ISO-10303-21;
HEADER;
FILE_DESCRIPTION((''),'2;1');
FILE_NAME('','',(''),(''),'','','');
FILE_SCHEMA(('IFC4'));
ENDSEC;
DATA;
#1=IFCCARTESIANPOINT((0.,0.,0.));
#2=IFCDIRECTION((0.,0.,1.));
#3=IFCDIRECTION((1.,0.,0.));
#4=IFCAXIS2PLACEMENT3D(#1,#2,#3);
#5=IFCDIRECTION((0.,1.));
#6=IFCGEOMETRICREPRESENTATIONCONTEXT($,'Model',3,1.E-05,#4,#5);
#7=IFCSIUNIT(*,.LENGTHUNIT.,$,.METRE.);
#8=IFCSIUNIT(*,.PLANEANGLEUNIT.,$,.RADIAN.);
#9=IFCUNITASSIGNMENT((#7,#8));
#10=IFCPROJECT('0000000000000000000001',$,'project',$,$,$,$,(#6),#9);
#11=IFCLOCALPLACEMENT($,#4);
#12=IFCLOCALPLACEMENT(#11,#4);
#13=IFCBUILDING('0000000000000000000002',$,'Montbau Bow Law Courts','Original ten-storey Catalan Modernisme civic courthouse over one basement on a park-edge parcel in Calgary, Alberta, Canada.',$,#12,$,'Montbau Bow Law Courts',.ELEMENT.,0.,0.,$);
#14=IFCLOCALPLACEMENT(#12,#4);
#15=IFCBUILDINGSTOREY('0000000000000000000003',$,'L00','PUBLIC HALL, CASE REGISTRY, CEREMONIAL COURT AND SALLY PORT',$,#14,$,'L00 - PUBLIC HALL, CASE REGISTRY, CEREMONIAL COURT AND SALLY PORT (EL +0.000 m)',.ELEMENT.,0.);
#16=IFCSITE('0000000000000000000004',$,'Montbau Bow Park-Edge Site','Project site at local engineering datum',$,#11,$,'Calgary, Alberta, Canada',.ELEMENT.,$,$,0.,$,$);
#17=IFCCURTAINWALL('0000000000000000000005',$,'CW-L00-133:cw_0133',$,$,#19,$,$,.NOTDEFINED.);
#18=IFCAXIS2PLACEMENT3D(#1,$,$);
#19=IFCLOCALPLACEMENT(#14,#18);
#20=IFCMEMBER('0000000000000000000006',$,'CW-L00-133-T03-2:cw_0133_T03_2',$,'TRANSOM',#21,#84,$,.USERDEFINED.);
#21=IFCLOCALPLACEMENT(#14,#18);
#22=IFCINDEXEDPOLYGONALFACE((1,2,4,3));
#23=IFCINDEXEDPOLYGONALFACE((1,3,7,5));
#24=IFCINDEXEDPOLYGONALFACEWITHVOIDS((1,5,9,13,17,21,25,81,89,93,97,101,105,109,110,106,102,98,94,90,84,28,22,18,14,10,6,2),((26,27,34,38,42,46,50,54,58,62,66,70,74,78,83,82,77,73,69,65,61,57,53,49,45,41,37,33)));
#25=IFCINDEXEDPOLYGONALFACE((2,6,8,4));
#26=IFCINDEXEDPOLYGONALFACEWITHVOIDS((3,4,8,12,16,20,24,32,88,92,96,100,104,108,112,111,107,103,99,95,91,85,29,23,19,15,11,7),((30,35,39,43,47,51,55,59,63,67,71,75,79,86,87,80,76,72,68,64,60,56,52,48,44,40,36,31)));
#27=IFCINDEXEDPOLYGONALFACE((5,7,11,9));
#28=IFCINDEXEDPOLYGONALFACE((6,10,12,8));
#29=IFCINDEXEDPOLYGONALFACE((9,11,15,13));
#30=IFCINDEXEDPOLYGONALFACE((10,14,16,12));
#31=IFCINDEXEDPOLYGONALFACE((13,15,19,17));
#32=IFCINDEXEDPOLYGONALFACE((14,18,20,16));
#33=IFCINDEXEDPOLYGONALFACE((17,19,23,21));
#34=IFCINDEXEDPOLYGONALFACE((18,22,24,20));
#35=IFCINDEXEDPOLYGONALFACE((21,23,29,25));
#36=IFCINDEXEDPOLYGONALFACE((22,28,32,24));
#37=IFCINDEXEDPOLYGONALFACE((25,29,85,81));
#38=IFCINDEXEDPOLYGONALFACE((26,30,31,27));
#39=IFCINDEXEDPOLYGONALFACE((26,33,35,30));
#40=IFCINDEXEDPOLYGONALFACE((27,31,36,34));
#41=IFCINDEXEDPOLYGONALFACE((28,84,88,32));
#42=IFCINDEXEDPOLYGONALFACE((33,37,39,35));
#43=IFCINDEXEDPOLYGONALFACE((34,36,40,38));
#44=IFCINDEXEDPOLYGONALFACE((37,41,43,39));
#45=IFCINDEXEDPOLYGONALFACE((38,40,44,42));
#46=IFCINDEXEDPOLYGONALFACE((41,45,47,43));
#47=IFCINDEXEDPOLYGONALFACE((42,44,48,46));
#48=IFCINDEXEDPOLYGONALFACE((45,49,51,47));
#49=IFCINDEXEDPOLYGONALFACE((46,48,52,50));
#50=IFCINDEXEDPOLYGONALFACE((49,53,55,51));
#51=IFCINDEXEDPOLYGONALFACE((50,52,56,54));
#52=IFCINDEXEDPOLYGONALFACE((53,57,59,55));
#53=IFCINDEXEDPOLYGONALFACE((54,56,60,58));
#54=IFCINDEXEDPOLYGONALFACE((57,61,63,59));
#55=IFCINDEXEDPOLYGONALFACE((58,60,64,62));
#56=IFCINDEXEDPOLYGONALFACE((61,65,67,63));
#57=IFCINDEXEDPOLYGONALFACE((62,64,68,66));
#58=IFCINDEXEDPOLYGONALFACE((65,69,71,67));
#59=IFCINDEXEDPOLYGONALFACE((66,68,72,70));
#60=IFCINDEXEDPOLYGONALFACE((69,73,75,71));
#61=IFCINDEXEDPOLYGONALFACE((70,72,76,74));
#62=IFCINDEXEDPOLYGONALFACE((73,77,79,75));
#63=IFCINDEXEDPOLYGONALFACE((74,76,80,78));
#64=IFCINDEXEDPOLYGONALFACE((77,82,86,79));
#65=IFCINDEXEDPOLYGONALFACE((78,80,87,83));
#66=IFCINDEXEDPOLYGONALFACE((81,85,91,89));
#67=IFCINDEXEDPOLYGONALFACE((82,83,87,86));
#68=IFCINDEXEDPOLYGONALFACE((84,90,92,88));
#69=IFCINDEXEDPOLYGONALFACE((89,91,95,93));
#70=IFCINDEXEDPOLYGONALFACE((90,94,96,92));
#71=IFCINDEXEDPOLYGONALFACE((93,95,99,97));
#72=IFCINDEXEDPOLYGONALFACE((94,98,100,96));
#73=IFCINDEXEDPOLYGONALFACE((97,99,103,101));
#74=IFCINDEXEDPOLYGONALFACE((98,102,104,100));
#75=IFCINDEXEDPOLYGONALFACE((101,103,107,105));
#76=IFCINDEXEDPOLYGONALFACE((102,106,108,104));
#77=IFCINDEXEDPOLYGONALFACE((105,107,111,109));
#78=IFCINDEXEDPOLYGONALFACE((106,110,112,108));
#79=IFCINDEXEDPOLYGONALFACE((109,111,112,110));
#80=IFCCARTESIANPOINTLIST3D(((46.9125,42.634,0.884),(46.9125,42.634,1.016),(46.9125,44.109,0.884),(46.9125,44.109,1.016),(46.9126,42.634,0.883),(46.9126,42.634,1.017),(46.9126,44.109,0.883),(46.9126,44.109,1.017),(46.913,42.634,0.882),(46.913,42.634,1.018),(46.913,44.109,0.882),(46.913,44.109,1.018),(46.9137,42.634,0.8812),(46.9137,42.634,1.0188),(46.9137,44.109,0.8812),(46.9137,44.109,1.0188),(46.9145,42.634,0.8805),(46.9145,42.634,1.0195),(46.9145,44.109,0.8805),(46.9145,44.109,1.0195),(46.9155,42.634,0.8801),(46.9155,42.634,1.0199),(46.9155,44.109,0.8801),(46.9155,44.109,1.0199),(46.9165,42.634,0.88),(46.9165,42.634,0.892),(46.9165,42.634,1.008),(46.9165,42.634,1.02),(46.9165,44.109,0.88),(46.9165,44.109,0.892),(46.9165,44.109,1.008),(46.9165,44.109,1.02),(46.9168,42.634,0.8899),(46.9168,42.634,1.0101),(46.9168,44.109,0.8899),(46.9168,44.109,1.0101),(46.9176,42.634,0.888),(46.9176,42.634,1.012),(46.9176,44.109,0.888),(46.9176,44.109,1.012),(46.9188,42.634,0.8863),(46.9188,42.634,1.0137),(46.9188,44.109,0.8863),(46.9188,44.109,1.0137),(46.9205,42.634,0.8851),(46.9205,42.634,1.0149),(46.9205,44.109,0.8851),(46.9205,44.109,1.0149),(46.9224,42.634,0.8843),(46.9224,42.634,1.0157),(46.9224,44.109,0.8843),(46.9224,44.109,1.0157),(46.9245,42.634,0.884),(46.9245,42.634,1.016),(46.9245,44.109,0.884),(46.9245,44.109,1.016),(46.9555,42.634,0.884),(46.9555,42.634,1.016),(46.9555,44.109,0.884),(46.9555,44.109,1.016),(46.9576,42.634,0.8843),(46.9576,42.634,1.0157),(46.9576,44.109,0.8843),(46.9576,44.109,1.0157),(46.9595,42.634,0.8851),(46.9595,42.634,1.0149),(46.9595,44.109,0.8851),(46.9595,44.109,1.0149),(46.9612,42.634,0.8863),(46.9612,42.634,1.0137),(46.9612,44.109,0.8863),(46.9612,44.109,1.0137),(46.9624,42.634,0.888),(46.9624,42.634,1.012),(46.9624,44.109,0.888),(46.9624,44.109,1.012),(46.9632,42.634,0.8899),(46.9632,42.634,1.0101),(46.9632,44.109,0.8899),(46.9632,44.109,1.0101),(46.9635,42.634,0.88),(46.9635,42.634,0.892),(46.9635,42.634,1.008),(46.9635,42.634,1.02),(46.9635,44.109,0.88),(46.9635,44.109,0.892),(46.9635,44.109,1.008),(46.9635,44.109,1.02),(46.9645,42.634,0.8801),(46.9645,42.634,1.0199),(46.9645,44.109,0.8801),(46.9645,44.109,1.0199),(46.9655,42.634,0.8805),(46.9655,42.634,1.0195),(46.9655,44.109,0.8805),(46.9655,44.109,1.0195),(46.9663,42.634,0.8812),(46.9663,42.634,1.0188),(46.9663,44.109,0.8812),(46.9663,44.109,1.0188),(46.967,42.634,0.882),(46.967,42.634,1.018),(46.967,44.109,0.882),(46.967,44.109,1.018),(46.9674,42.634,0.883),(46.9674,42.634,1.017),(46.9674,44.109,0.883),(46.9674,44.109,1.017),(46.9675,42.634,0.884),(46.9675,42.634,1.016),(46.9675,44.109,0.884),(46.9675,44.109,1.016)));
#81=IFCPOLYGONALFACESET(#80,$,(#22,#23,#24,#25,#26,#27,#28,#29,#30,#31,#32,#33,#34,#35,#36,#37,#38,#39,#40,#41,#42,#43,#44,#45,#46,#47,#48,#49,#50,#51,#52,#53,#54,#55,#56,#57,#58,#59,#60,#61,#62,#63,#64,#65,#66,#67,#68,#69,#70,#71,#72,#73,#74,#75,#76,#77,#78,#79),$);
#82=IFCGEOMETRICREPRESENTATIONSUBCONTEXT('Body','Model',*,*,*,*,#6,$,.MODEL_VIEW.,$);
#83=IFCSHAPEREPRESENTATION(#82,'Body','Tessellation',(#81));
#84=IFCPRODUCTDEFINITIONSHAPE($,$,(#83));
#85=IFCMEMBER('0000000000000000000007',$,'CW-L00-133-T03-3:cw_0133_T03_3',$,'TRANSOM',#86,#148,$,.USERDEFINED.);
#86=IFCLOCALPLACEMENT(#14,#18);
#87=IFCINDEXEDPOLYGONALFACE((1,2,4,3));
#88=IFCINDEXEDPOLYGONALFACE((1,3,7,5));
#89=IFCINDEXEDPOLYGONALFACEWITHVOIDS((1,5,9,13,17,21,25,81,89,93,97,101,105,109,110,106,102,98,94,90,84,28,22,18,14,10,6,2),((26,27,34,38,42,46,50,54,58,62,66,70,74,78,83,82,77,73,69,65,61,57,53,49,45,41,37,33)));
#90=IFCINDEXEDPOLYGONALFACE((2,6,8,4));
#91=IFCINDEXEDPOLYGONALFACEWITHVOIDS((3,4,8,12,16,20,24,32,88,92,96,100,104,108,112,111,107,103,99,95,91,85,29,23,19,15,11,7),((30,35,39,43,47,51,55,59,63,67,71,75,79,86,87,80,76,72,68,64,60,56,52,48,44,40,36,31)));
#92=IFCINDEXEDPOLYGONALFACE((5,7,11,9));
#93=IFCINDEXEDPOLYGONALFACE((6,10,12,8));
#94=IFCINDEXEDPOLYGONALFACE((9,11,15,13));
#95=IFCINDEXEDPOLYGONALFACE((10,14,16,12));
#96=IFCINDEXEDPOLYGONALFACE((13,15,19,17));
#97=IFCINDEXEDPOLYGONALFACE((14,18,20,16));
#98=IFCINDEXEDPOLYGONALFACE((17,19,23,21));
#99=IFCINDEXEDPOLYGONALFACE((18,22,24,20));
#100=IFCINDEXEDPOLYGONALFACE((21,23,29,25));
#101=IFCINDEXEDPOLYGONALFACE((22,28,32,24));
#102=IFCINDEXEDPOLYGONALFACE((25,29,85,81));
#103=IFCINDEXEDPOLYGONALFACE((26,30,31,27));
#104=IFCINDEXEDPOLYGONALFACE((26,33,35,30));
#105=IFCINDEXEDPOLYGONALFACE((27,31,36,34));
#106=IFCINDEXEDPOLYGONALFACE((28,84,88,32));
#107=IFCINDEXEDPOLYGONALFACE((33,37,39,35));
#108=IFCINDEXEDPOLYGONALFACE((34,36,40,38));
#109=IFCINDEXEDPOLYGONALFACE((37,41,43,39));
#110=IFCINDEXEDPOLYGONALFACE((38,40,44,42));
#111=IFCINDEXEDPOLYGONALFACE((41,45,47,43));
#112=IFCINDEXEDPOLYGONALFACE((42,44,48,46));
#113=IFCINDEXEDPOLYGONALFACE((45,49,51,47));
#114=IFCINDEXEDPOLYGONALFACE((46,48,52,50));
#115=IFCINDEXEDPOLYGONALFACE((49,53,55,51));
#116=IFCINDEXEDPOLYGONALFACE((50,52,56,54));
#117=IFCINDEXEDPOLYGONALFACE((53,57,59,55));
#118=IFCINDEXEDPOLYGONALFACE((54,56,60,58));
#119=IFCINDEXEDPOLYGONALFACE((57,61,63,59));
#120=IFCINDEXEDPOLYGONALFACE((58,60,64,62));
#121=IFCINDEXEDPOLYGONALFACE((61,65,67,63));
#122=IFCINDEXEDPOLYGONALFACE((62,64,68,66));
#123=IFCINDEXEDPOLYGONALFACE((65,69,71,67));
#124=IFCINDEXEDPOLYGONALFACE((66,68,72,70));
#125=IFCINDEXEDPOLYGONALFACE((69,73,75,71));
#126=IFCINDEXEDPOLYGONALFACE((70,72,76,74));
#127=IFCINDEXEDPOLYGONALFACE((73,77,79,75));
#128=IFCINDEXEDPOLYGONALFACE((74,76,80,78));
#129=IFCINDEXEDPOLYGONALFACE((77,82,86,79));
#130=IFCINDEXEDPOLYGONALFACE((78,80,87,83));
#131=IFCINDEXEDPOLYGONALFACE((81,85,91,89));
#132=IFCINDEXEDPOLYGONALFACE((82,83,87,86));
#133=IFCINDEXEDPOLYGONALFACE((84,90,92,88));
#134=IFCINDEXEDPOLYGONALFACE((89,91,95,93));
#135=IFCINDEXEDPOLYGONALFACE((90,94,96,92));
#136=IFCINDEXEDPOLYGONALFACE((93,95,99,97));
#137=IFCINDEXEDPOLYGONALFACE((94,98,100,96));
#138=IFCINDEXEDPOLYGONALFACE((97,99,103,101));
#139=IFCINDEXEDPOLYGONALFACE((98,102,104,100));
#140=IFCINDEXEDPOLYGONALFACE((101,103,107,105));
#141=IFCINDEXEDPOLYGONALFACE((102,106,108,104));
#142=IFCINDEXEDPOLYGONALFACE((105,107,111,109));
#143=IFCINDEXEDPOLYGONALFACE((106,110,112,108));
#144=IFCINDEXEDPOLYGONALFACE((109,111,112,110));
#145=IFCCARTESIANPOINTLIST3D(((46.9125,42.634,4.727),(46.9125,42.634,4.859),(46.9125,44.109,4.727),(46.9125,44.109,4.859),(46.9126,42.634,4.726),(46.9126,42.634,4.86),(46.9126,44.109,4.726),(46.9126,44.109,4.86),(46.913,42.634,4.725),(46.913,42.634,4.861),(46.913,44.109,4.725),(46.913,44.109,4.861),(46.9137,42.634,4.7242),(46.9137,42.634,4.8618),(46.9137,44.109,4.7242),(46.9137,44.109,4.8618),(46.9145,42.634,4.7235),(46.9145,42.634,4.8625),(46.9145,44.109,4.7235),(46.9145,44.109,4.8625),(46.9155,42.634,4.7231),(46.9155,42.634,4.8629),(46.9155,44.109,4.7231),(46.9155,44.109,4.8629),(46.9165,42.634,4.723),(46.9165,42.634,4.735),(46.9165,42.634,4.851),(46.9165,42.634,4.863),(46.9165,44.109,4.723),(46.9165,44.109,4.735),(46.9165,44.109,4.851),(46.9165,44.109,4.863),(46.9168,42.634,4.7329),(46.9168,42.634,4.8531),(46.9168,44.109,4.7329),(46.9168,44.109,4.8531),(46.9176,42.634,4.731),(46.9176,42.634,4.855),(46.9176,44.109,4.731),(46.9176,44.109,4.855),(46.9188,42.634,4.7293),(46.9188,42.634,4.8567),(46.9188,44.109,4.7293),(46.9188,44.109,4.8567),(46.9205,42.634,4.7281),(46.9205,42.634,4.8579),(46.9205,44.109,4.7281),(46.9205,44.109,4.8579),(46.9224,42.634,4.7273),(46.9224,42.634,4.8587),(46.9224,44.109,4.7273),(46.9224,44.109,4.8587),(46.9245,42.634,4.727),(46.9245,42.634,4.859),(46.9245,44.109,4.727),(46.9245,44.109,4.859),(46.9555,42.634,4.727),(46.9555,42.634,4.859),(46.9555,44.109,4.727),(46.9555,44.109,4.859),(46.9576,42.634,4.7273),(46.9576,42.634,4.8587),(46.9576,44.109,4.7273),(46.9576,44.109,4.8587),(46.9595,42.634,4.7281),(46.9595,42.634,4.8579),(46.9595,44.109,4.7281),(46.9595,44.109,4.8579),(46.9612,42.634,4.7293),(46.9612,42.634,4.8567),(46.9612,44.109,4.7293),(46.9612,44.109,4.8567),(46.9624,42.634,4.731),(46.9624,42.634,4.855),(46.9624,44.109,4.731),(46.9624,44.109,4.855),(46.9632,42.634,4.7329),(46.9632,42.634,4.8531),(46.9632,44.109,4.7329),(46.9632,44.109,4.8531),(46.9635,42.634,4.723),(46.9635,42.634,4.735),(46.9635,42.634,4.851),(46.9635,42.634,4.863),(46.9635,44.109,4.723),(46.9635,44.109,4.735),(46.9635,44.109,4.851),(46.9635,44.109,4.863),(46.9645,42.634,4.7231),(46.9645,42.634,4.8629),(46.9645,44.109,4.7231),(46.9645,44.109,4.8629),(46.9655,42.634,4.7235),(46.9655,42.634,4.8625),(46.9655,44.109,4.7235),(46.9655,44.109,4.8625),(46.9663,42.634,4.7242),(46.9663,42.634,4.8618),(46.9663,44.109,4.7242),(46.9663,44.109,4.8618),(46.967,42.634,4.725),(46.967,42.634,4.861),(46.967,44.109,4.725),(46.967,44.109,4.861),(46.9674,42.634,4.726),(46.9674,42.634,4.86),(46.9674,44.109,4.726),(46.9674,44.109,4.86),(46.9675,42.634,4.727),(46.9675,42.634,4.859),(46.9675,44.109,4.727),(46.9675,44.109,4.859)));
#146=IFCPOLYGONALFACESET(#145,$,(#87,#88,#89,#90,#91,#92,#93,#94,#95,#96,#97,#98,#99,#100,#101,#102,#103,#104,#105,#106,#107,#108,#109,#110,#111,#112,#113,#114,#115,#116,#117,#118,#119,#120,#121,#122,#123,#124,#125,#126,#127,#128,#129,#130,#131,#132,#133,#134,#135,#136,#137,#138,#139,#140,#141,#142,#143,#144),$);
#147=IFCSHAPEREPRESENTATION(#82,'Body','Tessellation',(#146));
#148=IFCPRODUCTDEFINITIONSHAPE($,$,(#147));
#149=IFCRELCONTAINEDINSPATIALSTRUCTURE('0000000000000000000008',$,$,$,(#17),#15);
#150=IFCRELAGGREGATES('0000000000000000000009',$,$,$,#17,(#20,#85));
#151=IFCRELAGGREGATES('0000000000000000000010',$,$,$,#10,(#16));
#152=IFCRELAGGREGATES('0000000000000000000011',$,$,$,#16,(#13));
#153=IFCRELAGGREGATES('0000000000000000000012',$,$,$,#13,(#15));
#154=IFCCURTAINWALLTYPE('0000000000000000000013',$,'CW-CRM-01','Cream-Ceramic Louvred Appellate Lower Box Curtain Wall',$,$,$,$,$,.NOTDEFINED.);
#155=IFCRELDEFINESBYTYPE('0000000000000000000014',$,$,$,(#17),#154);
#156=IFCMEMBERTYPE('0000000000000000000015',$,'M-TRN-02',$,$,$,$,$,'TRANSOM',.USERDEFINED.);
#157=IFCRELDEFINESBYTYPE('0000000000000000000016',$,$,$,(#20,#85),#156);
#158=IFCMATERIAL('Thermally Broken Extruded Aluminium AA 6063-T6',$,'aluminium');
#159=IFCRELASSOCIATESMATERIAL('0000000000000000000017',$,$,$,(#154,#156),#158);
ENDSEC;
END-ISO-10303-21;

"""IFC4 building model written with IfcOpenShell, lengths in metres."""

from ifc_helpers import new_model, si_unit, direction, frame, origin_with_axes, origin_2d_with_axis, place, context, subcontext, project, spatial, hollow_rectangle, extrude, material, material_profile, profile_set, type_object, element, aggregate, save


model = new_model("IFC4")

# Units and contexts
model_context = context("Model", 3, precision=1e-05, world=origin_with_axes(), true_north=direction((0.0, 1.0)))
body_context = subcontext(model_context, "Body", "Model", "MODEL_VIEW")
ifc_project = project(units=[si_unit("LENGTHUNIT", "METRE"), si_unit("PLANEANGLEUNIT", "RADIAN")], contexts=[model_context])

# Site, building, storey
site_placement = place(None, origin_with_axes())
site = spatial("IfcSite", under=ifc_project, at=site_placement, Name="Montbau Bow Park-Edge Site", Description="Project site at local engineering datum", LongName="Calgary, Alberta, Canada", CompositionType="ELEMENT", RefElevation=0.0)
building_placement = place(site_placement, origin_with_axes())
building = spatial("IfcBuilding", under=site, at=building_placement, Name="Montbau Bow Law Courts", Description="Original ten-storey Catalan Modernisme civic courthouse over one basement on a park-edge parcel in Calgary, Alberta, Canada.", LongName="Montbau Bow Law Courts", CompositionType="ELEMENT", ElevationOfRefHeight=0.0, ElevationOfTerrain=0.0)
storey_placement = place(building_placement, origin_with_axes())
storey = spatial("IfcBuildingStorey", under=building, at=storey_placement, Name="L00", Description="PUBLIC HALL, CASE REGISTRY, CEREMONIAL COURT AND SALLY PORT", LongName="L00 - PUBLIC HALL, CASE REGISTRY, CEREMONIAL COURT AND SALLY PORT (EL +0.000 m)", CompositionType="ELEMENT", Elevation=0.0)

# Curtain wall, members
ifc_material_1 = material(Name="Thermally Broken Extruded Aluminium AA 6063-T6", Category="aluminium")
curtain_wall_type_1 = type_object("IfcCurtainWallType", Name="CW-CRM-01", Description="Cream-Ceramic Louvred Appellate Lower Box Curtain Wall", PredefinedType="NOTDEFINED", material=ifc_material_1)
curtain_wall_1_placement = place(None, frame((46.94, 39.515, 0.0), z_axis=(0.0, 0.0, 1.0), x_axis=(1.0, 0.0, 0.0)))
curtain_wall_1 = element("IfcCurtainWall", 1, at=curtain_wall_1_placement, inside=storey, type_object=curtain_wall_type_1, Name="CW-L00-133:cw_0133", PredefinedType="NOTDEFINED")
ifc_material_profile_1 = material_profile(ifc_material_1, hollow_rectangle(XDim=0.055, YDim=0.14, WallThickness=0.004, InnerFilletRadius=0.008, OuterFilletRadius=0.004, at=origin_2d_with_axis()), Name="CWT-140X55", Category="Main", Priority=0)
ifc_profile_set_1 = profile_set([ifc_material_profile_1], Name="Thermally Broken Extruded Aluminium AA 6063-T6")
member_type_1 = type_object("IfcMemberType", Name="M-TRN-02", ElementType="TRANSOM", PredefinedType="USERDEFINED", material=ifc_profile_set_1)
member_1_placement = place(None, frame((46.94, 42.634, 0.95), z_axis=(0.0, 1.0, 0.0), x_axis=(-1.0, 0.0, 0.0)))
member_1 = element("IfcMember", 2, at=member_1_placement, type_object=member_type_1, Name="CW-L00-133-T03-2:cw_0133_T03_2", ObjectType="TRANSOM", PredefinedType="USERDEFINED", context=body_context, shape_type="SweptSolid", body=[
    extrude(hollow_rectangle(XDim=0.055, YDim=0.14, WallThickness=0.004, InnerFilletRadius=0.008, OuterFilletRadius=0.004, at=origin_2d_with_axis()), origin_with_axes(), (0.0, 0.0, 1.0), 1.475),
])
member_2_placement = place(None, frame((46.94, 42.634, 4.793), z_axis=(0.0, 1.0, 0.0), x_axis=(-1.0, 0.0, 0.0)))
member_2 = element("IfcMember", 3, at=member_2_placement, type_object=member_type_1, Name="CW-L00-133-T03-3:cw_0133_T03_3", ObjectType="TRANSOM", PredefinedType="USERDEFINED", context=body_context, shape_type="SweptSolid", body=[
    extrude(hollow_rectangle(XDim=0.055, YDim=0.14, WallThickness=0.004, InnerFilletRadius=0.008, OuterFilletRadius=0.004, at=origin_2d_with_axis()), origin_with_axes(), (0.0, 0.0, 1.0), 1.475),
])

aggregate(curtain_wall_1, [member_1, member_2])

save(model, "model.ifc")
